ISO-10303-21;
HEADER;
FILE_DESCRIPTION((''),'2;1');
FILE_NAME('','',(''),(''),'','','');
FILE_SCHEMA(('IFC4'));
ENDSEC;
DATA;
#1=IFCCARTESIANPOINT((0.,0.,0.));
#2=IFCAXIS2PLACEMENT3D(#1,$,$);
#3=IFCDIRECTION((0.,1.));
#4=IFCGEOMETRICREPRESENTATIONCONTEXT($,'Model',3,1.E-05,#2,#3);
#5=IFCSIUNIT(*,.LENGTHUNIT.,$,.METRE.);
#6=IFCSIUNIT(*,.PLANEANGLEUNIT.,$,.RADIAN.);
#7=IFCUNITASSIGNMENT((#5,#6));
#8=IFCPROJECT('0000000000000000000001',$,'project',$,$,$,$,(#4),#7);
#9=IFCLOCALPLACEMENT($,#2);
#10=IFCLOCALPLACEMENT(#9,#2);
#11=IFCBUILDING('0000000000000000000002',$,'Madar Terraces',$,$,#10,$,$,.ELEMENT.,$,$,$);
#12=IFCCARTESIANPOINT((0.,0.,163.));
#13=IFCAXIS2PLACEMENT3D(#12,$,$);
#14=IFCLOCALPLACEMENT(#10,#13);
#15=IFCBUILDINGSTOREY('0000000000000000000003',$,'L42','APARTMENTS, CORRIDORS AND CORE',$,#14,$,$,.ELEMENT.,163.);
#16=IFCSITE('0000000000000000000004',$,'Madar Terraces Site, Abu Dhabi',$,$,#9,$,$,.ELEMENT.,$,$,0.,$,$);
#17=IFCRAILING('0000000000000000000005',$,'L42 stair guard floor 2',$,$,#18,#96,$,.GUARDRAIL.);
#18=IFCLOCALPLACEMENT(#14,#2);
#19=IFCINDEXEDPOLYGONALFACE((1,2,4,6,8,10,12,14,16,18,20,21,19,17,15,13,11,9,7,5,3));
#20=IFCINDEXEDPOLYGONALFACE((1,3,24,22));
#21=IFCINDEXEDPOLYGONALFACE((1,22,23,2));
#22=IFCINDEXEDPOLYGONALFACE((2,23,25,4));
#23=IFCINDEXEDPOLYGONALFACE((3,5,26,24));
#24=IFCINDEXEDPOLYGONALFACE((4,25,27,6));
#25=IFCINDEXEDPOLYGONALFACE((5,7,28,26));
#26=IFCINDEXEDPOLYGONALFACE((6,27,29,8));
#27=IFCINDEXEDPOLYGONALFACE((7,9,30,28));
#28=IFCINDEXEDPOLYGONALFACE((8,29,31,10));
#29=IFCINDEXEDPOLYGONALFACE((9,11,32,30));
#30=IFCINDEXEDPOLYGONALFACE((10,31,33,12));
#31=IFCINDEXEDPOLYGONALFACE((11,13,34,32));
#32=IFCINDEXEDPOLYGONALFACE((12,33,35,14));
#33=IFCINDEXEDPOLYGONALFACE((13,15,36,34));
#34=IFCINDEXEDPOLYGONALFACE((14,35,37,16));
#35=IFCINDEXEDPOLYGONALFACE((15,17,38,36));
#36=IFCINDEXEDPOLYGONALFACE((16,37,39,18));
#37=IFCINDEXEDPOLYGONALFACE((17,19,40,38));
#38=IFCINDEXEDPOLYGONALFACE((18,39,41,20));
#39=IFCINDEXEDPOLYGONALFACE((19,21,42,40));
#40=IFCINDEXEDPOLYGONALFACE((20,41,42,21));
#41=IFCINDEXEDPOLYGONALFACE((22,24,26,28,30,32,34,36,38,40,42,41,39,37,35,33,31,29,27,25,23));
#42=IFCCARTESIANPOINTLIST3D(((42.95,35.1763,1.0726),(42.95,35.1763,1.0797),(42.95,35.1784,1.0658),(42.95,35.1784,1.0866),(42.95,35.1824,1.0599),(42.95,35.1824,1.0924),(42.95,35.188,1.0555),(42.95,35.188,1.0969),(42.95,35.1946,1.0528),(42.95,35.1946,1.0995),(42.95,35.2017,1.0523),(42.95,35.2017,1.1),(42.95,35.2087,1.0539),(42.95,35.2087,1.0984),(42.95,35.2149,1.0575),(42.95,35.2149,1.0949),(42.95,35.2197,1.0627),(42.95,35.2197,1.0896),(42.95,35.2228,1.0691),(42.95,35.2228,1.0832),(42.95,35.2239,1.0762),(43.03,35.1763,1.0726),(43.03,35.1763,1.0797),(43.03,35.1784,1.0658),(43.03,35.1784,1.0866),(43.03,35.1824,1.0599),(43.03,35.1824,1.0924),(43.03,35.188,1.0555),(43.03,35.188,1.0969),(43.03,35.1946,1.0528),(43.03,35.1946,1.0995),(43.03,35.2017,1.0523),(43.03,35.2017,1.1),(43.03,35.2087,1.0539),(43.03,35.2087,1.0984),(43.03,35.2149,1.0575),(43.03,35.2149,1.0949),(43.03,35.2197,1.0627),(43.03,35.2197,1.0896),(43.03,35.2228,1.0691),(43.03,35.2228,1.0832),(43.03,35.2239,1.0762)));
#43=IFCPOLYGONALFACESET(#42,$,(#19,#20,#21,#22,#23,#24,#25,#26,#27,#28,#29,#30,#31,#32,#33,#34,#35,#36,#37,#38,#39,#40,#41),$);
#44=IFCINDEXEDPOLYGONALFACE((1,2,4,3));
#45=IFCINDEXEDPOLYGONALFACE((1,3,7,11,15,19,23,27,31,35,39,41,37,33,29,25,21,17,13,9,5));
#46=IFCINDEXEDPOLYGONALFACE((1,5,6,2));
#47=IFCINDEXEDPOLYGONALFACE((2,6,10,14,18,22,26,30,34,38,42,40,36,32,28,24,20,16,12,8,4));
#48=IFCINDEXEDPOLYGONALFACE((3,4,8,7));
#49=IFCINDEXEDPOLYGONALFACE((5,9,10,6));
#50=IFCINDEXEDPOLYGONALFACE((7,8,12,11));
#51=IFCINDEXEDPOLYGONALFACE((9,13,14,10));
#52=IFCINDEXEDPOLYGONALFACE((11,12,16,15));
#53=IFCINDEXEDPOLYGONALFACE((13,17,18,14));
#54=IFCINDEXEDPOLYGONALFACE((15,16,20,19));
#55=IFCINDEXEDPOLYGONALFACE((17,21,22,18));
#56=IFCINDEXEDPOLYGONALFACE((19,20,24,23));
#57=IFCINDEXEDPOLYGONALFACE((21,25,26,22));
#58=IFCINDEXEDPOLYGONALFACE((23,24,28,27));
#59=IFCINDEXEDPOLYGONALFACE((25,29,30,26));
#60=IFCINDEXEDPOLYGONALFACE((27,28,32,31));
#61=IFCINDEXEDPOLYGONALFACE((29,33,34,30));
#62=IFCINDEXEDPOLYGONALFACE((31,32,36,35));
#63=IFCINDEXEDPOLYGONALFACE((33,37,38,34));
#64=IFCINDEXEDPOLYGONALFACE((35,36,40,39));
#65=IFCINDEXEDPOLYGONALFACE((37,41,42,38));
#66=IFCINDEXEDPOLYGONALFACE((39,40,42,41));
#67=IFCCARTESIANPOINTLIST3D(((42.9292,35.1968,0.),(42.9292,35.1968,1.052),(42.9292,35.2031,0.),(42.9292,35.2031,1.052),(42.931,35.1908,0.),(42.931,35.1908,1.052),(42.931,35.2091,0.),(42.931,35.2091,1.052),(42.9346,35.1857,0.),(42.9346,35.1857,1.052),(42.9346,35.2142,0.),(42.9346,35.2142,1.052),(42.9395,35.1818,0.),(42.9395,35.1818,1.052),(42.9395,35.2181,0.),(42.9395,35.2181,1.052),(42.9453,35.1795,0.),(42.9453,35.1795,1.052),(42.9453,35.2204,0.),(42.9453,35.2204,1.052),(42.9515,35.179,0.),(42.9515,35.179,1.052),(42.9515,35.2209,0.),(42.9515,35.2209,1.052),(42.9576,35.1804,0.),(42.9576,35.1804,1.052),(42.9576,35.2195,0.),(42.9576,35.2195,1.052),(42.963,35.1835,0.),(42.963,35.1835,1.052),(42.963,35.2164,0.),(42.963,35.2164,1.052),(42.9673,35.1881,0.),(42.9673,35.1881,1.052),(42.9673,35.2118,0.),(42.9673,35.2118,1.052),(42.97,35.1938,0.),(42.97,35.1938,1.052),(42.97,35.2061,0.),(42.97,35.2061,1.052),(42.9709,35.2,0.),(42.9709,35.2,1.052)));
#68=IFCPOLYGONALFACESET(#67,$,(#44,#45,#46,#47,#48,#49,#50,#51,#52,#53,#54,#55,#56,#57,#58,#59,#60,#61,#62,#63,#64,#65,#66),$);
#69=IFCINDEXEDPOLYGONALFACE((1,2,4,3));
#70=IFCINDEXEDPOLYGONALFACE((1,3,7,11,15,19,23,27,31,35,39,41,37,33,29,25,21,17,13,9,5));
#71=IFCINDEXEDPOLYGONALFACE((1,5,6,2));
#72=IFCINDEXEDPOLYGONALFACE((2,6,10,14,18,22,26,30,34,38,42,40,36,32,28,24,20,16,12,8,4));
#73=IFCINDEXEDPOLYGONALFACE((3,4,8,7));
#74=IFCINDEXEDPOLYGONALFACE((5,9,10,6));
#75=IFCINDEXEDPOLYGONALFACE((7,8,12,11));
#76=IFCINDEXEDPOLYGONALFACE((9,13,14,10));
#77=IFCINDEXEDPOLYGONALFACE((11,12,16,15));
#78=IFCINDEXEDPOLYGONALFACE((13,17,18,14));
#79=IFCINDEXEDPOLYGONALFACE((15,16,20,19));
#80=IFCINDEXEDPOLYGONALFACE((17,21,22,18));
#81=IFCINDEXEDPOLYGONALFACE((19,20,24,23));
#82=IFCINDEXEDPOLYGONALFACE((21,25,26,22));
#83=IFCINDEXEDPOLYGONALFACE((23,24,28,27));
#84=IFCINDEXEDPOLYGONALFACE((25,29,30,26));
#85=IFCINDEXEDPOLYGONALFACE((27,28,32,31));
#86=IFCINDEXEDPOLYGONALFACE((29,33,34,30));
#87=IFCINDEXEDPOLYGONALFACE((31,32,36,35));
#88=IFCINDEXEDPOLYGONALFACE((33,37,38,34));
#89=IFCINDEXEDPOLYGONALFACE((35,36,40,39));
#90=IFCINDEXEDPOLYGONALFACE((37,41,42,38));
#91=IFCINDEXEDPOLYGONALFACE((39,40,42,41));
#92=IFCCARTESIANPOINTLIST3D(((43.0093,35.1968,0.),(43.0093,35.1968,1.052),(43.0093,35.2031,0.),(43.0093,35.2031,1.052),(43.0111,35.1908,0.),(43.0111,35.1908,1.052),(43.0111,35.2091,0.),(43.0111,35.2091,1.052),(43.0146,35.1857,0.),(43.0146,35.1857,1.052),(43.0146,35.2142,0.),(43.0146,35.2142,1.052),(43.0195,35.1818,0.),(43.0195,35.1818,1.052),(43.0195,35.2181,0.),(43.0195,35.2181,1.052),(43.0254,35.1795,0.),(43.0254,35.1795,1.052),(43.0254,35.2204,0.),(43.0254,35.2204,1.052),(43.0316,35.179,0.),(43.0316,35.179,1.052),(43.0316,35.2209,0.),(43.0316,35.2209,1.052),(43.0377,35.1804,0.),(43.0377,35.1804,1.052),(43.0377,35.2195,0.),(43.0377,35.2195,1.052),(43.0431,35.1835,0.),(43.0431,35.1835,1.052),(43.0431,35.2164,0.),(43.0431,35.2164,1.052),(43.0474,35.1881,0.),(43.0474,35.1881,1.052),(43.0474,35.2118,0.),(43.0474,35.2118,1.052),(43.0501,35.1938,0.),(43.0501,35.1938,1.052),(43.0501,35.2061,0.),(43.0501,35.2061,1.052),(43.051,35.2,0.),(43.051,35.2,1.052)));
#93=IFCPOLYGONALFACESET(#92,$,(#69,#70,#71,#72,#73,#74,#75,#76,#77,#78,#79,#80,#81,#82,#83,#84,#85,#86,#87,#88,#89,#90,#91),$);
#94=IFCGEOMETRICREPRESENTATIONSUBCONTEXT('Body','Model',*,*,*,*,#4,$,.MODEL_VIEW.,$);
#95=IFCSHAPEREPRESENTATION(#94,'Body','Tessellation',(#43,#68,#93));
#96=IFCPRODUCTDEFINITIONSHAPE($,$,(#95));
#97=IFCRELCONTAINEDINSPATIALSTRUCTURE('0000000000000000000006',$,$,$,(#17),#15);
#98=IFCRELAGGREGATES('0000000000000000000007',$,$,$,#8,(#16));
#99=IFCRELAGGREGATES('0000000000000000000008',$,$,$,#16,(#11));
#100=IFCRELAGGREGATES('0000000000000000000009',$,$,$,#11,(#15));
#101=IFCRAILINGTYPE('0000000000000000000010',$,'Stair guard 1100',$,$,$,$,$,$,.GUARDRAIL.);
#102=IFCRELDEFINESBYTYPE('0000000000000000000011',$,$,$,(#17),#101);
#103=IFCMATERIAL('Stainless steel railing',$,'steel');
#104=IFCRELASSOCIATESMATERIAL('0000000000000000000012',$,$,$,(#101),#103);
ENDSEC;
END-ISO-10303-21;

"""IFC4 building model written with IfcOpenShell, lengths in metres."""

from ifc_helpers import new_model, si_unit, direction, frame, origin, origin_2d, place, context, subcontext, project, spatial, circle, extrude, material, type_object, element, save


model = new_model("IFC4")

# Units and contexts
model_context = context("Model", 3, precision=1e-05, world=origin(), true_north=direction((0.0, 1.0)))
body_context = subcontext(model_context, "Body", "Model", "MODEL_VIEW")
ifc_project = project(units=[si_unit("LENGTHUNIT", "METRE"), si_unit("PLANEANGLEUNIT", "RADIAN")], contexts=[model_context])

# Site, building, storey
site_placement = place(None, origin())
site = spatial("IfcSite", under=ifc_project, at=site_placement, Name="Madar Terraces Site, Abu Dhabi", CompositionType="ELEMENT", RefElevation=0.0)
building_placement = place(site_placement, origin())
building = spatial("IfcBuilding", under=site, at=building_placement, Name="Madar Terraces", CompositionType="ELEMENT")
storey_placement = place(building_placement, frame((0.0, 0.0, 163.0)))
storey = spatial("IfcBuildingStorey", under=building, at=storey_placement, Name="L42", Description="APARTMENTS, CORRIDORS AND CORE", CompositionType="ELEMENT", Elevation=163.0)

# Railing
ifc_material_1 = material(Name="Stainless steel railing", Category="steel")
railing_type_1 = type_object("IfcRailingType", Name="Stair guard 1100", PredefinedType="GUARDRAIL", material=ifc_material_1)
railing_1_placement = place(storey_placement, frame((42.95, 35.2, 0.0)))
element("IfcRailing", 1, at=railing_1_placement, inside=storey, type_object=railing_type_1, Name="L42 stair guard floor 2", PredefinedType="GUARDRAIL", context=body_context, shape_type="SweptSolid", body=[
    extrude(circle(Radius=0.0239, at=origin_2d()), frame((0.0, 0.0, 1.0762), z_axis=(1.0, 0.0, 0.0), x_axis=(0.0, 1.0, 0.0)), (0.0, 0.0, 1.0), 0.0801),
    extrude(circle(Radius=0.021, at=origin_2d()), origin(), (0.0, 0.0, 1.0), 1.052),
    extrude(circle(Radius=0.021, at=origin_2d()), frame((0.0801, 0.0, 0.0)), (0.0, 0.0, 1.0), 1.052),
])

save(model, "model.ifc")
